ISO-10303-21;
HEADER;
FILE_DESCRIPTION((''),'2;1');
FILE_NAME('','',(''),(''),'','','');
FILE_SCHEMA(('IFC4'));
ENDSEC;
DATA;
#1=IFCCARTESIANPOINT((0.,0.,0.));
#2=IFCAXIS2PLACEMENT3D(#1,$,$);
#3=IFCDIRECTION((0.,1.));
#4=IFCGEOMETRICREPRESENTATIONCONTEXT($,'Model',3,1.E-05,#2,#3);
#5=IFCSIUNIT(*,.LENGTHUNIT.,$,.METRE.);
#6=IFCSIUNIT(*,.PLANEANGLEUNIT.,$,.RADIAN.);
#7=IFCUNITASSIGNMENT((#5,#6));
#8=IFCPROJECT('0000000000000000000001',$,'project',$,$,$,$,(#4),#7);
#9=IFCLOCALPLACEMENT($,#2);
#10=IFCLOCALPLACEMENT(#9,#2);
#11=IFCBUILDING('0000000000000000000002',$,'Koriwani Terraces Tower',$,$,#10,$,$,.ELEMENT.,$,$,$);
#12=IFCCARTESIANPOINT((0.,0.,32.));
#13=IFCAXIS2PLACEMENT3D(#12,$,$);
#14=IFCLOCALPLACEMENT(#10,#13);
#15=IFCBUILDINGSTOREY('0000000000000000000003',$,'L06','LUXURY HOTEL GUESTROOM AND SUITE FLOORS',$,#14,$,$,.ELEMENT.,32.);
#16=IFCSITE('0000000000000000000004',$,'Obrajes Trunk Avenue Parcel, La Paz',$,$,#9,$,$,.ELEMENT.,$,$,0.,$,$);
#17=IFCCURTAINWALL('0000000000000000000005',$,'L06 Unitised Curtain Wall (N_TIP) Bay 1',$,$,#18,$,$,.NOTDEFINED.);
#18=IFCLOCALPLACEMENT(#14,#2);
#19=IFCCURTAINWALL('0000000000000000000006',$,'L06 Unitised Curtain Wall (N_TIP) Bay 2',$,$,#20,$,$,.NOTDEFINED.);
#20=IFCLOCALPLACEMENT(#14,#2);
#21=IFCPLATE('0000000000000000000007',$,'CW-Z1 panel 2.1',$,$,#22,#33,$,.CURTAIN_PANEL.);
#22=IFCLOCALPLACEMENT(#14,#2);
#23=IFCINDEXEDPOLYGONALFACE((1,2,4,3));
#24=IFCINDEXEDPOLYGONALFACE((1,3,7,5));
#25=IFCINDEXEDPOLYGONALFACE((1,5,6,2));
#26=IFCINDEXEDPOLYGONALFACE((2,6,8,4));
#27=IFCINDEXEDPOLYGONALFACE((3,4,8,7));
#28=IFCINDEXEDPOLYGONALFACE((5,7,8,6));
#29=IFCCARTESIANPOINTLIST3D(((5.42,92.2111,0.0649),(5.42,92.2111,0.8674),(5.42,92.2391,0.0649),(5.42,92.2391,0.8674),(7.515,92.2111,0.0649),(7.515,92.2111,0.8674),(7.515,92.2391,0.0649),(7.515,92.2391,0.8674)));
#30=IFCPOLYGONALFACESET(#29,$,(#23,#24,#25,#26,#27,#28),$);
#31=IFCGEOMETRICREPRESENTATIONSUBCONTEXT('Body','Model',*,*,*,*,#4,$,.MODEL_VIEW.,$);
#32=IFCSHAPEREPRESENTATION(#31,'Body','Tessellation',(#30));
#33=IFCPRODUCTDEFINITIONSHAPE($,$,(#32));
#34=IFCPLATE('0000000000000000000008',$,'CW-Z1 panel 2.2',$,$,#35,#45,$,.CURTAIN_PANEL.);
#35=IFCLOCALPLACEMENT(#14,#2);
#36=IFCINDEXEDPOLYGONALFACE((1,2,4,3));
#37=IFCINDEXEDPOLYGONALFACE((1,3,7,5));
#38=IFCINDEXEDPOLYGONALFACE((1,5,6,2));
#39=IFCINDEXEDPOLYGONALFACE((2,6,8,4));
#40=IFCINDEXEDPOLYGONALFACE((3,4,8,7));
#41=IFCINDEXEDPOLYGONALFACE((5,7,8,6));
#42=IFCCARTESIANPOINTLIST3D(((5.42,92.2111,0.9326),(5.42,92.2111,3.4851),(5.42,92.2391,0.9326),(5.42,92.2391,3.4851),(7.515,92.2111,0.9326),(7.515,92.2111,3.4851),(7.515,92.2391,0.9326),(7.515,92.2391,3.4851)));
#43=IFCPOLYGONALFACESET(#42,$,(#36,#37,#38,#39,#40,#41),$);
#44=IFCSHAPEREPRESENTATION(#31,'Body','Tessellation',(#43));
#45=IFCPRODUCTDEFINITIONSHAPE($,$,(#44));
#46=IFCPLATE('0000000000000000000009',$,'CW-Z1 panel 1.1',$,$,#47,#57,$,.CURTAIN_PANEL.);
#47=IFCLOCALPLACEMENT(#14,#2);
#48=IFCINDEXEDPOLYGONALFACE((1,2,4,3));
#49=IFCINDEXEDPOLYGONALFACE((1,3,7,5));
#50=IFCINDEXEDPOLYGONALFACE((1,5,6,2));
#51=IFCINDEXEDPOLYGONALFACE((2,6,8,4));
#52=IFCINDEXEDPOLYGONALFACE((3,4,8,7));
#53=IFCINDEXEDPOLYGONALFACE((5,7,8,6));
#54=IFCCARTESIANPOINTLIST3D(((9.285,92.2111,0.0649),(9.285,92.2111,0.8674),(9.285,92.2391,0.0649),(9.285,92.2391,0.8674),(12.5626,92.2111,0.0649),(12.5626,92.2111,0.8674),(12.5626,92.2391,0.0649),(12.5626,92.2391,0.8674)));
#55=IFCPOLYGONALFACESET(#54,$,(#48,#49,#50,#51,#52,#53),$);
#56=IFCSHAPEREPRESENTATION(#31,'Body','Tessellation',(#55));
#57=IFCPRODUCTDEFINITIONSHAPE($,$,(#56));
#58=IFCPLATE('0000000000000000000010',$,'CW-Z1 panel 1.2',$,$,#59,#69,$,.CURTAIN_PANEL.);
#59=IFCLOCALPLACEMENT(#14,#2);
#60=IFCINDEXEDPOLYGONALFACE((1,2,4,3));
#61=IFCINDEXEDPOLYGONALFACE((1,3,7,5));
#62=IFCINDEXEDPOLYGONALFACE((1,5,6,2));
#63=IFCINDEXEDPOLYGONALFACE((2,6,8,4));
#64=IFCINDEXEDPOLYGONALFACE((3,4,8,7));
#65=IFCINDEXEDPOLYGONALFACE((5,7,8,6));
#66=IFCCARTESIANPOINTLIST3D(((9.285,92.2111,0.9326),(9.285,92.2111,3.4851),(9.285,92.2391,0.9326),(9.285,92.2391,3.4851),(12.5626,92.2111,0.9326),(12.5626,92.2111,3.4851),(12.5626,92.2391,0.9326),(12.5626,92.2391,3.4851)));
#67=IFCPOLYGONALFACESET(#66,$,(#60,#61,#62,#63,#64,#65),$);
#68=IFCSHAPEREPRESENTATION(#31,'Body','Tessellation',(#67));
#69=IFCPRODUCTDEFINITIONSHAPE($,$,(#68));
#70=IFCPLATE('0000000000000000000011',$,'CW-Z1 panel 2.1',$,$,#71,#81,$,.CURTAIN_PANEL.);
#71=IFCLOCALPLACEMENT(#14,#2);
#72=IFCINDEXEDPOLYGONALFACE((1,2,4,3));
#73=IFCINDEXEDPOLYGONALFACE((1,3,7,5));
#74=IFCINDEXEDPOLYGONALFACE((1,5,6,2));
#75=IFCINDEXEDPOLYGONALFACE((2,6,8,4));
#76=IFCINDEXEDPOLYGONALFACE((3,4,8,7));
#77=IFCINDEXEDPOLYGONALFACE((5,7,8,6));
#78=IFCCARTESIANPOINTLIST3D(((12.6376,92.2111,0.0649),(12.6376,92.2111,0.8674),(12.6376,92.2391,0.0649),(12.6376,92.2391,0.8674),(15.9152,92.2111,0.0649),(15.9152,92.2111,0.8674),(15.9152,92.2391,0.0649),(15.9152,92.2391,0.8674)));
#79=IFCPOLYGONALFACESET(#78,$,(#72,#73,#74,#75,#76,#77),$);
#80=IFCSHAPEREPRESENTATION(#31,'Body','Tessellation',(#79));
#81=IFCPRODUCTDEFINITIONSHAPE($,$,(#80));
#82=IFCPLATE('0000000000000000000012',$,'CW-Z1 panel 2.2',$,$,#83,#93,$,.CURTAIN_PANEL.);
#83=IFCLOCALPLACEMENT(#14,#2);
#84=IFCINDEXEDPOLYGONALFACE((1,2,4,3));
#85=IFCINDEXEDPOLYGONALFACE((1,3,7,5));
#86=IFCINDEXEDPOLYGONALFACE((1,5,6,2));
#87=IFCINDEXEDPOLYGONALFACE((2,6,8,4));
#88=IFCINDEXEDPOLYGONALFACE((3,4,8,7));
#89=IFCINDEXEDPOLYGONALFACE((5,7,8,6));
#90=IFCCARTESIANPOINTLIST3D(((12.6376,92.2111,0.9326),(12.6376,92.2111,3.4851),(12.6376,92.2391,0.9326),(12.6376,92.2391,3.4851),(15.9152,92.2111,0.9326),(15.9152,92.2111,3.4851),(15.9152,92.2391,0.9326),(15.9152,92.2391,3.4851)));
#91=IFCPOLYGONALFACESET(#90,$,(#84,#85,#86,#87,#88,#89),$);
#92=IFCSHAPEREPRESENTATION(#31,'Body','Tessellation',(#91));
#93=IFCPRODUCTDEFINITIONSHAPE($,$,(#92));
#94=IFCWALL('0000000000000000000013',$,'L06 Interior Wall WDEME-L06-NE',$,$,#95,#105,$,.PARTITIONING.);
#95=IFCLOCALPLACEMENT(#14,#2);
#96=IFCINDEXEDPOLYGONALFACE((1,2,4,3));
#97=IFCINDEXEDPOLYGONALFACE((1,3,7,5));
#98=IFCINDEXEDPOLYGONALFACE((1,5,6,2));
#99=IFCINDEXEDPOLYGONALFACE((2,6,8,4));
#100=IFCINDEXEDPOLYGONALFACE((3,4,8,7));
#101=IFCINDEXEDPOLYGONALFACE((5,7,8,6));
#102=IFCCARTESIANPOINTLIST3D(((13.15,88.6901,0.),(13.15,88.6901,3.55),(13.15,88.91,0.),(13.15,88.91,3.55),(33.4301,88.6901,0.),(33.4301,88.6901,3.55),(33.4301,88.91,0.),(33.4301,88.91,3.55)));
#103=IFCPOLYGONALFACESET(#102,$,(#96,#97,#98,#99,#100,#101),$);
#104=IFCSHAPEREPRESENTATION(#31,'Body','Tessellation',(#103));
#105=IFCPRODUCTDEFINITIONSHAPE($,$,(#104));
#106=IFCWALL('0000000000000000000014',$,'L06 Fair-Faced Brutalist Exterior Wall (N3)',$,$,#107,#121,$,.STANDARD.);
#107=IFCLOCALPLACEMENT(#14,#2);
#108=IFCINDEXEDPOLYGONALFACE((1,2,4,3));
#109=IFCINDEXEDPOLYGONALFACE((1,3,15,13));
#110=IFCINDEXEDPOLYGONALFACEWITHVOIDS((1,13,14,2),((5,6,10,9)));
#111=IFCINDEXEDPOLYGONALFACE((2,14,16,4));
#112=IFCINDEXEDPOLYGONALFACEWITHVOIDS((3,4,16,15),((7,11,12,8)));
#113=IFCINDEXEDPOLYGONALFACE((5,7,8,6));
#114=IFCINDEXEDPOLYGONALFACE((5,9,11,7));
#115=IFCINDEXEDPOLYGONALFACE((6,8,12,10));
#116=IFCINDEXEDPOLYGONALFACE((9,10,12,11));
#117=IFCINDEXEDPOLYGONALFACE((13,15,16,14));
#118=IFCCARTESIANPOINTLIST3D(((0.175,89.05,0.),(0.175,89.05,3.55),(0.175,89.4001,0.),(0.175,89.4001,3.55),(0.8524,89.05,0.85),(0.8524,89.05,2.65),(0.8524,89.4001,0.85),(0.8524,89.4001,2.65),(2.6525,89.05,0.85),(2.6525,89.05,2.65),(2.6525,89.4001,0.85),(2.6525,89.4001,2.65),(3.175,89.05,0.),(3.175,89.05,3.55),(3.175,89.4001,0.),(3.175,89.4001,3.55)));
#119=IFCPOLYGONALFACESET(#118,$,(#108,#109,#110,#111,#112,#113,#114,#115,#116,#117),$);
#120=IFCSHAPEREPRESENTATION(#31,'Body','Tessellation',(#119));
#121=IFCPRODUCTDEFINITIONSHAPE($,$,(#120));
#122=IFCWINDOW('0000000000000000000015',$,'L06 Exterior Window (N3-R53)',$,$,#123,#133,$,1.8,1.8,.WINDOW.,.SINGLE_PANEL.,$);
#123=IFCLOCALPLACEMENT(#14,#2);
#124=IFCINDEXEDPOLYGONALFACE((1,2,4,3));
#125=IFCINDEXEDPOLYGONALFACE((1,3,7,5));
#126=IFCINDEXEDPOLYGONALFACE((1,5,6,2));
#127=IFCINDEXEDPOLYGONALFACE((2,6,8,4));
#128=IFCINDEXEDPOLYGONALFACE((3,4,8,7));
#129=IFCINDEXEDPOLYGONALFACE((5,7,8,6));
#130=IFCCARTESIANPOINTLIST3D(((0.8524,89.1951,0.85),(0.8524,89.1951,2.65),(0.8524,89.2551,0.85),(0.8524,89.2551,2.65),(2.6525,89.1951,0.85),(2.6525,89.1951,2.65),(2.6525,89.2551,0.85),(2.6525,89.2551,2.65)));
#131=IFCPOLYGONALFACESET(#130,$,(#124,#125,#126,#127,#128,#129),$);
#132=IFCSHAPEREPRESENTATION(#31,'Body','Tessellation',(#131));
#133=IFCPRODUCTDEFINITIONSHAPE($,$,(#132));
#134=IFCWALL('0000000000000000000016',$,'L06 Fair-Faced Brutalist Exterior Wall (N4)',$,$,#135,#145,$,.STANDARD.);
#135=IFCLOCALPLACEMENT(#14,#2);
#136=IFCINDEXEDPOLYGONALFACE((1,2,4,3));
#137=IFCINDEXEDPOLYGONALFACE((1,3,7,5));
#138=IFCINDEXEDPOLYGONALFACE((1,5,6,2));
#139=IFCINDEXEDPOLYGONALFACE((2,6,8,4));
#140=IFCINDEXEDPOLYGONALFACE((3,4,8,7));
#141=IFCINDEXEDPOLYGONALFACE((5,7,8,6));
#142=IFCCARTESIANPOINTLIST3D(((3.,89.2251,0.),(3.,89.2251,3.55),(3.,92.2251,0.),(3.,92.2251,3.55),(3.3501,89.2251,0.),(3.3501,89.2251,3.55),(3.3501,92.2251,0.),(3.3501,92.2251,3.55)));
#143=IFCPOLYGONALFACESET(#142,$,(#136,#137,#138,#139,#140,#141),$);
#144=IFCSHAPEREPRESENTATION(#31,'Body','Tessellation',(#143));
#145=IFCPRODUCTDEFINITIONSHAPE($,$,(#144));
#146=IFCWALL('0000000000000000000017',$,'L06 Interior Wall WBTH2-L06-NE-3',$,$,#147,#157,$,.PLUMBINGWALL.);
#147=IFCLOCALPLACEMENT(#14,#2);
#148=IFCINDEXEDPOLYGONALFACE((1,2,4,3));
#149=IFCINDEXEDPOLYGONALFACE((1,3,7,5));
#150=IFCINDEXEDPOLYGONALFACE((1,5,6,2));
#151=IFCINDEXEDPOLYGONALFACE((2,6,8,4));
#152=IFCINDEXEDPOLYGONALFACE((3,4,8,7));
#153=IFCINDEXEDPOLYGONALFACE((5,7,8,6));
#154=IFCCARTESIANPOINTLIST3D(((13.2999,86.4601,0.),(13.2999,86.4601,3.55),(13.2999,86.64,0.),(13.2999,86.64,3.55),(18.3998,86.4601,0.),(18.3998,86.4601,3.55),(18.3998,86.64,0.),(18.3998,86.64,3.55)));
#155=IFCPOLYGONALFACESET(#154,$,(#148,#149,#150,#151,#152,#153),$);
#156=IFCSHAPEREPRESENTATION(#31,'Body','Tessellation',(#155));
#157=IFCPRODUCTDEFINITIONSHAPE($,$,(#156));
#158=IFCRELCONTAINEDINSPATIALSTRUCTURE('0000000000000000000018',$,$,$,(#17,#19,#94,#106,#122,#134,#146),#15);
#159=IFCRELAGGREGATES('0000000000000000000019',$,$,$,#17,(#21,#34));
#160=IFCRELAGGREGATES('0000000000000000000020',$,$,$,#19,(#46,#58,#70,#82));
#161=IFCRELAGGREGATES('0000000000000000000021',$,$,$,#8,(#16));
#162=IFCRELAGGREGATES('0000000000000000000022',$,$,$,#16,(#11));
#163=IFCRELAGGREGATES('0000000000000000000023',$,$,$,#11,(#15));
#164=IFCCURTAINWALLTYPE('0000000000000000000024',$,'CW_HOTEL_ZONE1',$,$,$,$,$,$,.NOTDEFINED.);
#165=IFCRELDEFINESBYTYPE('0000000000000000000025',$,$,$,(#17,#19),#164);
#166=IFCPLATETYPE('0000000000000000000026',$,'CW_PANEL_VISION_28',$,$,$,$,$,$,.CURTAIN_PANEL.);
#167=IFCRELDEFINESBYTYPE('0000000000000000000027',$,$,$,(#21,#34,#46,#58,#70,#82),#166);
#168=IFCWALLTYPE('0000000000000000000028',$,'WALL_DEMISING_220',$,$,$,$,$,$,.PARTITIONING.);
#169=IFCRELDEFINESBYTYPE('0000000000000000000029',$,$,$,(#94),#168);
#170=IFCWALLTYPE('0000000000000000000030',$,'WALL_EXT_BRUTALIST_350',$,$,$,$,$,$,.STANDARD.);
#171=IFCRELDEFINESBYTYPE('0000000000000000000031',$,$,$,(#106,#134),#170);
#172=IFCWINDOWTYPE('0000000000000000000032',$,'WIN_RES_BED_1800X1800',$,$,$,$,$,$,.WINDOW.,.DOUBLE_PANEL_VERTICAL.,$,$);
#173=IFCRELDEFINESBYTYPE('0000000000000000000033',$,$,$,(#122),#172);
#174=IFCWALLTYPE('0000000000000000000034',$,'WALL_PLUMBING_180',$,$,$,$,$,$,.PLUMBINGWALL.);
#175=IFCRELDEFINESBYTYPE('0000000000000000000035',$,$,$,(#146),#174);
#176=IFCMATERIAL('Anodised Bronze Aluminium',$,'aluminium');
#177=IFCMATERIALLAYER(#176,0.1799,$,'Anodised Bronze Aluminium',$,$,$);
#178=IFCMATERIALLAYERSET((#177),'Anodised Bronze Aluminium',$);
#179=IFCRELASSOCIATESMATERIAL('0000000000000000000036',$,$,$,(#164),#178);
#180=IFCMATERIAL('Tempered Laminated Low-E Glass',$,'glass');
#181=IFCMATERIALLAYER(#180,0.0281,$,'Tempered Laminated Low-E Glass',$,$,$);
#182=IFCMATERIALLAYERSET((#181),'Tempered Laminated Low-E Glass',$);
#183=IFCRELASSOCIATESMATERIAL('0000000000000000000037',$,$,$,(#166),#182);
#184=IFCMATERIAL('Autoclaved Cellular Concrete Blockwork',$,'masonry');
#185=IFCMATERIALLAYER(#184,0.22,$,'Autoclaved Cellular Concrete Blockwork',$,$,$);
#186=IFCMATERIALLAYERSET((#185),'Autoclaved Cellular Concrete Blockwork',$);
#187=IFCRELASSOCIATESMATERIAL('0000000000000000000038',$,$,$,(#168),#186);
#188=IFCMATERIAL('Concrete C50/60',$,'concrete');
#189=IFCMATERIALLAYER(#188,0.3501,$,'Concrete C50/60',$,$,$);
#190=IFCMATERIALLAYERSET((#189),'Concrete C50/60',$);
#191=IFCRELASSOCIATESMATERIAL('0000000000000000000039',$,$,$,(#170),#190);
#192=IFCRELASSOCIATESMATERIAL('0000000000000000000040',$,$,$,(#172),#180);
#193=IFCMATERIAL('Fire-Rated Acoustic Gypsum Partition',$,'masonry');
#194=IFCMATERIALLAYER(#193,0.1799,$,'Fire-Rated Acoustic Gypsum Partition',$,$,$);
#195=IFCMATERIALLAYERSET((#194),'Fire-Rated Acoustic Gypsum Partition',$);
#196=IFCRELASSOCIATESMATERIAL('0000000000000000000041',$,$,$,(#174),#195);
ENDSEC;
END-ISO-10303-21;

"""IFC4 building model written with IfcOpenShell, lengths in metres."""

from ifc_helpers import new_model, si_unit, direction, frame, frame_2d, origin, origin_2d, place, context, subcontext, project, spatial, rectangle, extrude, material, layer, layer_set, type_object, element, fill, aggregate, save


model = new_model("IFC4")

# Units and contexts
model_context = context("Model", 3, precision=1e-05, world=origin(), true_north=direction((0.0, 1.0)))
body_context = subcontext(model_context, "Body", "Model", "MODEL_VIEW")
ifc_project = project(units=[si_unit("LENGTHUNIT", "METRE"), si_unit("PLANEANGLEUNIT", "RADIAN")], contexts=[model_context])

# Site, building, storey
site_placement = place(None, origin())
site = spatial("IfcSite", under=ifc_project, at=site_placement, Name="Obrajes Trunk Avenue Parcel, La Paz", CompositionType="ELEMENT", RefElevation=0.0)
building_placement = place(site_placement, origin())
building = spatial("IfcBuilding", under=site, at=building_placement, Name="Koriwani Terraces Tower", CompositionType="ELEMENT")
storey_placement = place(building_placement, frame((0.0, 0.0, 32.0)))
storey = spatial("IfcBuildingStorey", under=building, at=storey_placement, Name="L06", Description="LUXURY HOTEL GUESTROOM AND SUITE FLOORS", CompositionType="ELEMENT", Elevation=32.0)

# Curtain walls
ifc_material_1 = material(Name="Anodised Bronze Aluminium", Category="aluminium")
ifc_layer_1 = layer(ifc_material_1, 0.1799, Name="Anodised Bronze Aluminium")
ifc_layer_set_1 = layer_set([ifc_layer_1], Name="Anodised Bronze Aluminium")
curtain_wall_type = type_object("IfcCurtainWallType", Name="CW_HOTEL_ZONE1", PredefinedType="NOTDEFINED", material=ifc_layer_set_1)
curtain_wall_1_placement = place(storey_placement, origin())
curtain_wall_1 = element("IfcCurtainWall", 1, at=curtain_wall_1_placement, inside=storey, type_object=curtain_wall_type, Name="L06 Unitised Curtain Wall (N_TIP) Bay 1", PredefinedType="NOTDEFINED")
curtain_wall_2_placement = place(storey_placement, origin())
curtain_wall_2 = element("IfcCurtainWall", 2, at=curtain_wall_2_placement, inside=storey, type_object=curtain_wall_type, Name="L06 Unitised Curtain Wall (N_TIP) Bay 2", PredefinedType="NOTDEFINED")

# Plates
ifc_material_2 = material(Name="Tempered Laminated Low-E Glass", Category="glass")
ifc_layer_2 = layer(ifc_material_2, 0.0281, Name="Tempered Laminated Low-E Glass")
ifc_layer_set_2 = layer_set([ifc_layer_2], Name="Tempered Laminated Low-E Glass")
plate_type = type_object("IfcPlateType", Name="CW_PANEL_VISION_28", PredefinedType="CURTAIN_PANEL", material=ifc_layer_set_2)
plate_1_placement = place(storey_placement, frame((6.4675, 92.2251, 0.0649), z_axis=(0.0, 0.0, 1.0), x_axis=(1.0, 0.0, 0.0)))
plate_1 = element("IfcPlate", 3, at=plate_1_placement, type_object=plate_type, Name="CW-Z1 panel 2.1", PredefinedType="CURTAIN_PANEL", context=body_context, shape_type="SweptSolid", body=[
    extrude(rectangle(XDim=2.095, YDim=0.0281, at=origin_2d()), origin(), (0.0, 0.0, 1.0), 0.8025),
])
plate_2_placement = place(storey_placement, frame((6.4675, 92.2251, 0.9326), z_axis=(0.0, 0.0, 1.0), x_axis=(1.0, 0.0, 0.0)))
plate_2 = element("IfcPlate", 4, at=plate_2_placement, type_object=plate_type, Name="CW-Z1 panel 2.2", PredefinedType="CURTAIN_PANEL", context=body_context, shape_type="SweptSolid", body=[
    extrude(rectangle(XDim=2.095, YDim=0.0281, at=origin_2d()), origin(), (0.0, 0.0, 1.0), 2.5525),
])
aggregate(curtain_wall_1, [plate_1, plate_2])
plate_3_placement = place(storey_placement, frame((10.9238, 92.2251, 0.0649), z_axis=(0.0, 0.0, 1.0), x_axis=(1.0, 0.0, 0.0)))
plate_3 = element("IfcPlate", 5, at=plate_3_placement, type_object=plate_type, Name="CW-Z1 panel 1.1", PredefinedType="CURTAIN_PANEL", context=body_context, shape_type="SweptSolid", body=[
    extrude(rectangle(XDim=3.2776, YDim=0.0281, at=origin_2d()), origin(), (0.0, 0.0, 1.0), 0.8025),
])
plate_4_placement = place(storey_placement, frame((10.9238, 92.2251, 0.9326), z_axis=(0.0, 0.0, 1.0), x_axis=(1.0, 0.0, 0.0)))
plate_4 = element("IfcPlate", 6, at=plate_4_placement, type_object=plate_type, Name="CW-Z1 panel 1.2", PredefinedType="CURTAIN_PANEL", context=body_context, shape_type="SweptSolid", body=[
    extrude(rectangle(XDim=3.2776, YDim=0.0281, at=origin_2d()), origin(), (0.0, 0.0, 1.0), 2.5525),
])
plate_5_placement = place(storey_placement, frame((14.2764, 92.2251, 0.0649), z_axis=(0.0, 0.0, 1.0), x_axis=(1.0, 0.0, 0.0)))
plate_5 = element("IfcPlate", 7, at=plate_5_placement, type_object=plate_type, Name="CW-Z1 panel 2.1", PredefinedType="CURTAIN_PANEL", context=body_context, shape_type="SweptSolid", body=[
    extrude(rectangle(XDim=3.2776, YDim=0.0281, at=origin_2d()), origin(), (0.0, 0.0, 1.0), 0.8025),
])
plate_6_placement = place(storey_placement, frame((14.2764, 92.2251, 0.9326), z_axis=(0.0, 0.0, 1.0), x_axis=(1.0, 0.0, 0.0)))
plate_6 = element("IfcPlate", 8, at=plate_6_placement, type_object=plate_type, Name="CW-Z1 panel 2.2", PredefinedType="CURTAIN_PANEL", context=body_context, shape_type="SweptSolid", body=[
    extrude(rectangle(XDim=3.2776, YDim=0.0281, at=origin_2d()), origin(), (0.0, 0.0, 1.0), 2.5525),
])
aggregate(curtain_wall_2, [plate_3, plate_4, plate_5, plate_6])

# Wall
ifc_material_3 = material(Name="Autoclaved Cellular Concrete Blockwork", Category="masonry")
ifc_layer_3 = layer(ifc_material_3, 0.22, Name="Autoclaved Cellular Concrete Blockwork")
ifc_layer_set_3 = layer_set([ifc_layer_3], Name="Autoclaved Cellular Concrete Blockwork")
wall_type_1 = type_object("IfcWallType", Name="WALL_DEMISING_220", PredefinedType="PARTITIONING", material=ifc_layer_set_3)
wall_1_placement = place(storey_placement, frame((13.1499, 88.8, 0.0), z_axis=(0.0, 0.0, 1.0), x_axis=(1.0, 0.0, 0.0)))
element("IfcWall", 9, at=wall_1_placement, inside=storey, type_object=wall_type_1, Name="L06 Interior Wall WDEME-L06-NE", PredefinedType="PARTITIONING", context=body_context, shape_type="SweptSolid", body=[
    extrude(rectangle(XDim=20.28, YDim=0.22, at=frame_2d((10.1401, 0.0))), origin(), (0.0, 0.0, 1.0), 3.55),
])

# Wall, opening, window
ifc_material_4 = material(Name="Concrete C50/60", Category="concrete")
ifc_layer_4 = layer(ifc_material_4, 0.3501, Name="Concrete C50/60")
ifc_layer_set_4 = layer_set([ifc_layer_4], Name="Concrete C50/60")
wall_type_2 = type_object("IfcWallType", Name="WALL_EXT_BRUTALIST_350", PredefinedType="STANDARD", material=ifc_layer_set_4)
wall_2_placement = place(storey_placement, frame((0.175, 89.2251, 0.0), z_axis=(0.0, 0.0, 1.0), x_axis=(1.0, 0.0, 0.0)))
wall_2 = element("IfcWall", 10, at=wall_2_placement, inside=storey, type_object=wall_type_2, Name="L06 Fair-Faced Brutalist Exterior Wall (N3)", PredefinedType="STANDARD", context=body_context, shape_type="SweptSolid", body=[
    extrude(rectangle(XDim=3.0, YDim=0.3501, at=frame_2d((1.5, 0.0))), origin(), (0.0, 0.0, 1.0), 3.55),
])
opening_placement = place(wall_2_placement, frame((0.6775, 0.0, 0.8501)))
opening = element("IfcOpeningElement", 11, at=opening_placement, cuts=wall_2, PredefinedType="OPENING", context=body_context, shape_type="SweptSolid", body=[
    extrude(rectangle(XDim=1.8, YDim=1.8, at=frame_2d((0.8999, 0.8999))), frame((0.0, 0.1851, 0.0), z_axis=(0.0, -1.0, 0.0), x_axis=(1.0, 0.0, 0.0)), (0.0, 0.0, 1.0), 0.3701),
])
window_type = type_object("IfcWindowType", Name="WIN_RES_BED_1800X1800", PartitioningType="DOUBLE_PANEL_VERTICAL", PredefinedType="WINDOW", material=ifc_material_2)
window_placement = place(opening_placement, origin())
window = element("IfcWindow", 12, at=window_placement, inside=storey, type_object=window_type, Name="L06 Exterior Window (N3-R53)", OverallHeight=1.8, OverallWidth=1.8, PartitioningType="SINGLE_PANEL", PredefinedType="WINDOW", context=body_context, shape_type="SweptSolid", body=[
    extrude(rectangle(XDim=1.8, YDim=1.8, at=frame_2d((0.8999, 0.8999))), frame((0.0, 0.03, 0.0), z_axis=(0.0, -1.0, 0.0), x_axis=(1.0, 0.0, 0.0)), (0.0, 0.0, 1.0), 0.0601),
])
fill(opening, window)

# Walls
wall_3_placement = place(storey_placement, frame((3.175, 89.2251, 0.0), z_axis=(0.0, 0.0, 1.0), x_axis=(0.0, 1.0, 0.0)))
element("IfcWall", 13, at=wall_3_placement, inside=storey, type_object=wall_type_2, Name="L06 Fair-Faced Brutalist Exterior Wall (N4)", PredefinedType="STANDARD", context=body_context, shape_type="SweptSolid", body=[
    extrude(rectangle(XDim=3.0, YDim=0.3501, at=frame_2d((1.5, 0.0))), origin(), (0.0, 0.0, 1.0), 3.55),
])
ifc_material_5 = material(Name="Fire-Rated Acoustic Gypsum Partition", Category="masonry")
ifc_layer_5 = layer(ifc_material_5, 0.1799, Name="Fire-Rated Acoustic Gypsum Partition")
ifc_layer_set_5 = layer_set([ifc_layer_5], Name="Fire-Rated Acoustic Gypsum Partition")
wall_type_3 = type_object("IfcWallType", Name="WALL_PLUMBING_180", PredefinedType="PLUMBINGWALL", material=ifc_layer_set_5)
wall_4_placement = place(storey_placement, frame((13.3, 86.55, 0.0), z_axis=(0.0, 0.0, 1.0), x_axis=(1.0, 0.0, 0.0)))
element("IfcWall", 14, at=wall_4_placement, inside=storey, type_object=wall_type_3, Name="L06 Interior Wall WBTH2-L06-NE-3", PredefinedType="PLUMBINGWALL", context=body_context, shape_type="SweptSolid", body=[
    extrude(rectangle(XDim=5.0999, YDim=0.1799, at=frame_2d((2.5498, 0.0))), origin(), (0.0, 0.0, 1.0), 3.55),
])

save(model, "model.ifc")
